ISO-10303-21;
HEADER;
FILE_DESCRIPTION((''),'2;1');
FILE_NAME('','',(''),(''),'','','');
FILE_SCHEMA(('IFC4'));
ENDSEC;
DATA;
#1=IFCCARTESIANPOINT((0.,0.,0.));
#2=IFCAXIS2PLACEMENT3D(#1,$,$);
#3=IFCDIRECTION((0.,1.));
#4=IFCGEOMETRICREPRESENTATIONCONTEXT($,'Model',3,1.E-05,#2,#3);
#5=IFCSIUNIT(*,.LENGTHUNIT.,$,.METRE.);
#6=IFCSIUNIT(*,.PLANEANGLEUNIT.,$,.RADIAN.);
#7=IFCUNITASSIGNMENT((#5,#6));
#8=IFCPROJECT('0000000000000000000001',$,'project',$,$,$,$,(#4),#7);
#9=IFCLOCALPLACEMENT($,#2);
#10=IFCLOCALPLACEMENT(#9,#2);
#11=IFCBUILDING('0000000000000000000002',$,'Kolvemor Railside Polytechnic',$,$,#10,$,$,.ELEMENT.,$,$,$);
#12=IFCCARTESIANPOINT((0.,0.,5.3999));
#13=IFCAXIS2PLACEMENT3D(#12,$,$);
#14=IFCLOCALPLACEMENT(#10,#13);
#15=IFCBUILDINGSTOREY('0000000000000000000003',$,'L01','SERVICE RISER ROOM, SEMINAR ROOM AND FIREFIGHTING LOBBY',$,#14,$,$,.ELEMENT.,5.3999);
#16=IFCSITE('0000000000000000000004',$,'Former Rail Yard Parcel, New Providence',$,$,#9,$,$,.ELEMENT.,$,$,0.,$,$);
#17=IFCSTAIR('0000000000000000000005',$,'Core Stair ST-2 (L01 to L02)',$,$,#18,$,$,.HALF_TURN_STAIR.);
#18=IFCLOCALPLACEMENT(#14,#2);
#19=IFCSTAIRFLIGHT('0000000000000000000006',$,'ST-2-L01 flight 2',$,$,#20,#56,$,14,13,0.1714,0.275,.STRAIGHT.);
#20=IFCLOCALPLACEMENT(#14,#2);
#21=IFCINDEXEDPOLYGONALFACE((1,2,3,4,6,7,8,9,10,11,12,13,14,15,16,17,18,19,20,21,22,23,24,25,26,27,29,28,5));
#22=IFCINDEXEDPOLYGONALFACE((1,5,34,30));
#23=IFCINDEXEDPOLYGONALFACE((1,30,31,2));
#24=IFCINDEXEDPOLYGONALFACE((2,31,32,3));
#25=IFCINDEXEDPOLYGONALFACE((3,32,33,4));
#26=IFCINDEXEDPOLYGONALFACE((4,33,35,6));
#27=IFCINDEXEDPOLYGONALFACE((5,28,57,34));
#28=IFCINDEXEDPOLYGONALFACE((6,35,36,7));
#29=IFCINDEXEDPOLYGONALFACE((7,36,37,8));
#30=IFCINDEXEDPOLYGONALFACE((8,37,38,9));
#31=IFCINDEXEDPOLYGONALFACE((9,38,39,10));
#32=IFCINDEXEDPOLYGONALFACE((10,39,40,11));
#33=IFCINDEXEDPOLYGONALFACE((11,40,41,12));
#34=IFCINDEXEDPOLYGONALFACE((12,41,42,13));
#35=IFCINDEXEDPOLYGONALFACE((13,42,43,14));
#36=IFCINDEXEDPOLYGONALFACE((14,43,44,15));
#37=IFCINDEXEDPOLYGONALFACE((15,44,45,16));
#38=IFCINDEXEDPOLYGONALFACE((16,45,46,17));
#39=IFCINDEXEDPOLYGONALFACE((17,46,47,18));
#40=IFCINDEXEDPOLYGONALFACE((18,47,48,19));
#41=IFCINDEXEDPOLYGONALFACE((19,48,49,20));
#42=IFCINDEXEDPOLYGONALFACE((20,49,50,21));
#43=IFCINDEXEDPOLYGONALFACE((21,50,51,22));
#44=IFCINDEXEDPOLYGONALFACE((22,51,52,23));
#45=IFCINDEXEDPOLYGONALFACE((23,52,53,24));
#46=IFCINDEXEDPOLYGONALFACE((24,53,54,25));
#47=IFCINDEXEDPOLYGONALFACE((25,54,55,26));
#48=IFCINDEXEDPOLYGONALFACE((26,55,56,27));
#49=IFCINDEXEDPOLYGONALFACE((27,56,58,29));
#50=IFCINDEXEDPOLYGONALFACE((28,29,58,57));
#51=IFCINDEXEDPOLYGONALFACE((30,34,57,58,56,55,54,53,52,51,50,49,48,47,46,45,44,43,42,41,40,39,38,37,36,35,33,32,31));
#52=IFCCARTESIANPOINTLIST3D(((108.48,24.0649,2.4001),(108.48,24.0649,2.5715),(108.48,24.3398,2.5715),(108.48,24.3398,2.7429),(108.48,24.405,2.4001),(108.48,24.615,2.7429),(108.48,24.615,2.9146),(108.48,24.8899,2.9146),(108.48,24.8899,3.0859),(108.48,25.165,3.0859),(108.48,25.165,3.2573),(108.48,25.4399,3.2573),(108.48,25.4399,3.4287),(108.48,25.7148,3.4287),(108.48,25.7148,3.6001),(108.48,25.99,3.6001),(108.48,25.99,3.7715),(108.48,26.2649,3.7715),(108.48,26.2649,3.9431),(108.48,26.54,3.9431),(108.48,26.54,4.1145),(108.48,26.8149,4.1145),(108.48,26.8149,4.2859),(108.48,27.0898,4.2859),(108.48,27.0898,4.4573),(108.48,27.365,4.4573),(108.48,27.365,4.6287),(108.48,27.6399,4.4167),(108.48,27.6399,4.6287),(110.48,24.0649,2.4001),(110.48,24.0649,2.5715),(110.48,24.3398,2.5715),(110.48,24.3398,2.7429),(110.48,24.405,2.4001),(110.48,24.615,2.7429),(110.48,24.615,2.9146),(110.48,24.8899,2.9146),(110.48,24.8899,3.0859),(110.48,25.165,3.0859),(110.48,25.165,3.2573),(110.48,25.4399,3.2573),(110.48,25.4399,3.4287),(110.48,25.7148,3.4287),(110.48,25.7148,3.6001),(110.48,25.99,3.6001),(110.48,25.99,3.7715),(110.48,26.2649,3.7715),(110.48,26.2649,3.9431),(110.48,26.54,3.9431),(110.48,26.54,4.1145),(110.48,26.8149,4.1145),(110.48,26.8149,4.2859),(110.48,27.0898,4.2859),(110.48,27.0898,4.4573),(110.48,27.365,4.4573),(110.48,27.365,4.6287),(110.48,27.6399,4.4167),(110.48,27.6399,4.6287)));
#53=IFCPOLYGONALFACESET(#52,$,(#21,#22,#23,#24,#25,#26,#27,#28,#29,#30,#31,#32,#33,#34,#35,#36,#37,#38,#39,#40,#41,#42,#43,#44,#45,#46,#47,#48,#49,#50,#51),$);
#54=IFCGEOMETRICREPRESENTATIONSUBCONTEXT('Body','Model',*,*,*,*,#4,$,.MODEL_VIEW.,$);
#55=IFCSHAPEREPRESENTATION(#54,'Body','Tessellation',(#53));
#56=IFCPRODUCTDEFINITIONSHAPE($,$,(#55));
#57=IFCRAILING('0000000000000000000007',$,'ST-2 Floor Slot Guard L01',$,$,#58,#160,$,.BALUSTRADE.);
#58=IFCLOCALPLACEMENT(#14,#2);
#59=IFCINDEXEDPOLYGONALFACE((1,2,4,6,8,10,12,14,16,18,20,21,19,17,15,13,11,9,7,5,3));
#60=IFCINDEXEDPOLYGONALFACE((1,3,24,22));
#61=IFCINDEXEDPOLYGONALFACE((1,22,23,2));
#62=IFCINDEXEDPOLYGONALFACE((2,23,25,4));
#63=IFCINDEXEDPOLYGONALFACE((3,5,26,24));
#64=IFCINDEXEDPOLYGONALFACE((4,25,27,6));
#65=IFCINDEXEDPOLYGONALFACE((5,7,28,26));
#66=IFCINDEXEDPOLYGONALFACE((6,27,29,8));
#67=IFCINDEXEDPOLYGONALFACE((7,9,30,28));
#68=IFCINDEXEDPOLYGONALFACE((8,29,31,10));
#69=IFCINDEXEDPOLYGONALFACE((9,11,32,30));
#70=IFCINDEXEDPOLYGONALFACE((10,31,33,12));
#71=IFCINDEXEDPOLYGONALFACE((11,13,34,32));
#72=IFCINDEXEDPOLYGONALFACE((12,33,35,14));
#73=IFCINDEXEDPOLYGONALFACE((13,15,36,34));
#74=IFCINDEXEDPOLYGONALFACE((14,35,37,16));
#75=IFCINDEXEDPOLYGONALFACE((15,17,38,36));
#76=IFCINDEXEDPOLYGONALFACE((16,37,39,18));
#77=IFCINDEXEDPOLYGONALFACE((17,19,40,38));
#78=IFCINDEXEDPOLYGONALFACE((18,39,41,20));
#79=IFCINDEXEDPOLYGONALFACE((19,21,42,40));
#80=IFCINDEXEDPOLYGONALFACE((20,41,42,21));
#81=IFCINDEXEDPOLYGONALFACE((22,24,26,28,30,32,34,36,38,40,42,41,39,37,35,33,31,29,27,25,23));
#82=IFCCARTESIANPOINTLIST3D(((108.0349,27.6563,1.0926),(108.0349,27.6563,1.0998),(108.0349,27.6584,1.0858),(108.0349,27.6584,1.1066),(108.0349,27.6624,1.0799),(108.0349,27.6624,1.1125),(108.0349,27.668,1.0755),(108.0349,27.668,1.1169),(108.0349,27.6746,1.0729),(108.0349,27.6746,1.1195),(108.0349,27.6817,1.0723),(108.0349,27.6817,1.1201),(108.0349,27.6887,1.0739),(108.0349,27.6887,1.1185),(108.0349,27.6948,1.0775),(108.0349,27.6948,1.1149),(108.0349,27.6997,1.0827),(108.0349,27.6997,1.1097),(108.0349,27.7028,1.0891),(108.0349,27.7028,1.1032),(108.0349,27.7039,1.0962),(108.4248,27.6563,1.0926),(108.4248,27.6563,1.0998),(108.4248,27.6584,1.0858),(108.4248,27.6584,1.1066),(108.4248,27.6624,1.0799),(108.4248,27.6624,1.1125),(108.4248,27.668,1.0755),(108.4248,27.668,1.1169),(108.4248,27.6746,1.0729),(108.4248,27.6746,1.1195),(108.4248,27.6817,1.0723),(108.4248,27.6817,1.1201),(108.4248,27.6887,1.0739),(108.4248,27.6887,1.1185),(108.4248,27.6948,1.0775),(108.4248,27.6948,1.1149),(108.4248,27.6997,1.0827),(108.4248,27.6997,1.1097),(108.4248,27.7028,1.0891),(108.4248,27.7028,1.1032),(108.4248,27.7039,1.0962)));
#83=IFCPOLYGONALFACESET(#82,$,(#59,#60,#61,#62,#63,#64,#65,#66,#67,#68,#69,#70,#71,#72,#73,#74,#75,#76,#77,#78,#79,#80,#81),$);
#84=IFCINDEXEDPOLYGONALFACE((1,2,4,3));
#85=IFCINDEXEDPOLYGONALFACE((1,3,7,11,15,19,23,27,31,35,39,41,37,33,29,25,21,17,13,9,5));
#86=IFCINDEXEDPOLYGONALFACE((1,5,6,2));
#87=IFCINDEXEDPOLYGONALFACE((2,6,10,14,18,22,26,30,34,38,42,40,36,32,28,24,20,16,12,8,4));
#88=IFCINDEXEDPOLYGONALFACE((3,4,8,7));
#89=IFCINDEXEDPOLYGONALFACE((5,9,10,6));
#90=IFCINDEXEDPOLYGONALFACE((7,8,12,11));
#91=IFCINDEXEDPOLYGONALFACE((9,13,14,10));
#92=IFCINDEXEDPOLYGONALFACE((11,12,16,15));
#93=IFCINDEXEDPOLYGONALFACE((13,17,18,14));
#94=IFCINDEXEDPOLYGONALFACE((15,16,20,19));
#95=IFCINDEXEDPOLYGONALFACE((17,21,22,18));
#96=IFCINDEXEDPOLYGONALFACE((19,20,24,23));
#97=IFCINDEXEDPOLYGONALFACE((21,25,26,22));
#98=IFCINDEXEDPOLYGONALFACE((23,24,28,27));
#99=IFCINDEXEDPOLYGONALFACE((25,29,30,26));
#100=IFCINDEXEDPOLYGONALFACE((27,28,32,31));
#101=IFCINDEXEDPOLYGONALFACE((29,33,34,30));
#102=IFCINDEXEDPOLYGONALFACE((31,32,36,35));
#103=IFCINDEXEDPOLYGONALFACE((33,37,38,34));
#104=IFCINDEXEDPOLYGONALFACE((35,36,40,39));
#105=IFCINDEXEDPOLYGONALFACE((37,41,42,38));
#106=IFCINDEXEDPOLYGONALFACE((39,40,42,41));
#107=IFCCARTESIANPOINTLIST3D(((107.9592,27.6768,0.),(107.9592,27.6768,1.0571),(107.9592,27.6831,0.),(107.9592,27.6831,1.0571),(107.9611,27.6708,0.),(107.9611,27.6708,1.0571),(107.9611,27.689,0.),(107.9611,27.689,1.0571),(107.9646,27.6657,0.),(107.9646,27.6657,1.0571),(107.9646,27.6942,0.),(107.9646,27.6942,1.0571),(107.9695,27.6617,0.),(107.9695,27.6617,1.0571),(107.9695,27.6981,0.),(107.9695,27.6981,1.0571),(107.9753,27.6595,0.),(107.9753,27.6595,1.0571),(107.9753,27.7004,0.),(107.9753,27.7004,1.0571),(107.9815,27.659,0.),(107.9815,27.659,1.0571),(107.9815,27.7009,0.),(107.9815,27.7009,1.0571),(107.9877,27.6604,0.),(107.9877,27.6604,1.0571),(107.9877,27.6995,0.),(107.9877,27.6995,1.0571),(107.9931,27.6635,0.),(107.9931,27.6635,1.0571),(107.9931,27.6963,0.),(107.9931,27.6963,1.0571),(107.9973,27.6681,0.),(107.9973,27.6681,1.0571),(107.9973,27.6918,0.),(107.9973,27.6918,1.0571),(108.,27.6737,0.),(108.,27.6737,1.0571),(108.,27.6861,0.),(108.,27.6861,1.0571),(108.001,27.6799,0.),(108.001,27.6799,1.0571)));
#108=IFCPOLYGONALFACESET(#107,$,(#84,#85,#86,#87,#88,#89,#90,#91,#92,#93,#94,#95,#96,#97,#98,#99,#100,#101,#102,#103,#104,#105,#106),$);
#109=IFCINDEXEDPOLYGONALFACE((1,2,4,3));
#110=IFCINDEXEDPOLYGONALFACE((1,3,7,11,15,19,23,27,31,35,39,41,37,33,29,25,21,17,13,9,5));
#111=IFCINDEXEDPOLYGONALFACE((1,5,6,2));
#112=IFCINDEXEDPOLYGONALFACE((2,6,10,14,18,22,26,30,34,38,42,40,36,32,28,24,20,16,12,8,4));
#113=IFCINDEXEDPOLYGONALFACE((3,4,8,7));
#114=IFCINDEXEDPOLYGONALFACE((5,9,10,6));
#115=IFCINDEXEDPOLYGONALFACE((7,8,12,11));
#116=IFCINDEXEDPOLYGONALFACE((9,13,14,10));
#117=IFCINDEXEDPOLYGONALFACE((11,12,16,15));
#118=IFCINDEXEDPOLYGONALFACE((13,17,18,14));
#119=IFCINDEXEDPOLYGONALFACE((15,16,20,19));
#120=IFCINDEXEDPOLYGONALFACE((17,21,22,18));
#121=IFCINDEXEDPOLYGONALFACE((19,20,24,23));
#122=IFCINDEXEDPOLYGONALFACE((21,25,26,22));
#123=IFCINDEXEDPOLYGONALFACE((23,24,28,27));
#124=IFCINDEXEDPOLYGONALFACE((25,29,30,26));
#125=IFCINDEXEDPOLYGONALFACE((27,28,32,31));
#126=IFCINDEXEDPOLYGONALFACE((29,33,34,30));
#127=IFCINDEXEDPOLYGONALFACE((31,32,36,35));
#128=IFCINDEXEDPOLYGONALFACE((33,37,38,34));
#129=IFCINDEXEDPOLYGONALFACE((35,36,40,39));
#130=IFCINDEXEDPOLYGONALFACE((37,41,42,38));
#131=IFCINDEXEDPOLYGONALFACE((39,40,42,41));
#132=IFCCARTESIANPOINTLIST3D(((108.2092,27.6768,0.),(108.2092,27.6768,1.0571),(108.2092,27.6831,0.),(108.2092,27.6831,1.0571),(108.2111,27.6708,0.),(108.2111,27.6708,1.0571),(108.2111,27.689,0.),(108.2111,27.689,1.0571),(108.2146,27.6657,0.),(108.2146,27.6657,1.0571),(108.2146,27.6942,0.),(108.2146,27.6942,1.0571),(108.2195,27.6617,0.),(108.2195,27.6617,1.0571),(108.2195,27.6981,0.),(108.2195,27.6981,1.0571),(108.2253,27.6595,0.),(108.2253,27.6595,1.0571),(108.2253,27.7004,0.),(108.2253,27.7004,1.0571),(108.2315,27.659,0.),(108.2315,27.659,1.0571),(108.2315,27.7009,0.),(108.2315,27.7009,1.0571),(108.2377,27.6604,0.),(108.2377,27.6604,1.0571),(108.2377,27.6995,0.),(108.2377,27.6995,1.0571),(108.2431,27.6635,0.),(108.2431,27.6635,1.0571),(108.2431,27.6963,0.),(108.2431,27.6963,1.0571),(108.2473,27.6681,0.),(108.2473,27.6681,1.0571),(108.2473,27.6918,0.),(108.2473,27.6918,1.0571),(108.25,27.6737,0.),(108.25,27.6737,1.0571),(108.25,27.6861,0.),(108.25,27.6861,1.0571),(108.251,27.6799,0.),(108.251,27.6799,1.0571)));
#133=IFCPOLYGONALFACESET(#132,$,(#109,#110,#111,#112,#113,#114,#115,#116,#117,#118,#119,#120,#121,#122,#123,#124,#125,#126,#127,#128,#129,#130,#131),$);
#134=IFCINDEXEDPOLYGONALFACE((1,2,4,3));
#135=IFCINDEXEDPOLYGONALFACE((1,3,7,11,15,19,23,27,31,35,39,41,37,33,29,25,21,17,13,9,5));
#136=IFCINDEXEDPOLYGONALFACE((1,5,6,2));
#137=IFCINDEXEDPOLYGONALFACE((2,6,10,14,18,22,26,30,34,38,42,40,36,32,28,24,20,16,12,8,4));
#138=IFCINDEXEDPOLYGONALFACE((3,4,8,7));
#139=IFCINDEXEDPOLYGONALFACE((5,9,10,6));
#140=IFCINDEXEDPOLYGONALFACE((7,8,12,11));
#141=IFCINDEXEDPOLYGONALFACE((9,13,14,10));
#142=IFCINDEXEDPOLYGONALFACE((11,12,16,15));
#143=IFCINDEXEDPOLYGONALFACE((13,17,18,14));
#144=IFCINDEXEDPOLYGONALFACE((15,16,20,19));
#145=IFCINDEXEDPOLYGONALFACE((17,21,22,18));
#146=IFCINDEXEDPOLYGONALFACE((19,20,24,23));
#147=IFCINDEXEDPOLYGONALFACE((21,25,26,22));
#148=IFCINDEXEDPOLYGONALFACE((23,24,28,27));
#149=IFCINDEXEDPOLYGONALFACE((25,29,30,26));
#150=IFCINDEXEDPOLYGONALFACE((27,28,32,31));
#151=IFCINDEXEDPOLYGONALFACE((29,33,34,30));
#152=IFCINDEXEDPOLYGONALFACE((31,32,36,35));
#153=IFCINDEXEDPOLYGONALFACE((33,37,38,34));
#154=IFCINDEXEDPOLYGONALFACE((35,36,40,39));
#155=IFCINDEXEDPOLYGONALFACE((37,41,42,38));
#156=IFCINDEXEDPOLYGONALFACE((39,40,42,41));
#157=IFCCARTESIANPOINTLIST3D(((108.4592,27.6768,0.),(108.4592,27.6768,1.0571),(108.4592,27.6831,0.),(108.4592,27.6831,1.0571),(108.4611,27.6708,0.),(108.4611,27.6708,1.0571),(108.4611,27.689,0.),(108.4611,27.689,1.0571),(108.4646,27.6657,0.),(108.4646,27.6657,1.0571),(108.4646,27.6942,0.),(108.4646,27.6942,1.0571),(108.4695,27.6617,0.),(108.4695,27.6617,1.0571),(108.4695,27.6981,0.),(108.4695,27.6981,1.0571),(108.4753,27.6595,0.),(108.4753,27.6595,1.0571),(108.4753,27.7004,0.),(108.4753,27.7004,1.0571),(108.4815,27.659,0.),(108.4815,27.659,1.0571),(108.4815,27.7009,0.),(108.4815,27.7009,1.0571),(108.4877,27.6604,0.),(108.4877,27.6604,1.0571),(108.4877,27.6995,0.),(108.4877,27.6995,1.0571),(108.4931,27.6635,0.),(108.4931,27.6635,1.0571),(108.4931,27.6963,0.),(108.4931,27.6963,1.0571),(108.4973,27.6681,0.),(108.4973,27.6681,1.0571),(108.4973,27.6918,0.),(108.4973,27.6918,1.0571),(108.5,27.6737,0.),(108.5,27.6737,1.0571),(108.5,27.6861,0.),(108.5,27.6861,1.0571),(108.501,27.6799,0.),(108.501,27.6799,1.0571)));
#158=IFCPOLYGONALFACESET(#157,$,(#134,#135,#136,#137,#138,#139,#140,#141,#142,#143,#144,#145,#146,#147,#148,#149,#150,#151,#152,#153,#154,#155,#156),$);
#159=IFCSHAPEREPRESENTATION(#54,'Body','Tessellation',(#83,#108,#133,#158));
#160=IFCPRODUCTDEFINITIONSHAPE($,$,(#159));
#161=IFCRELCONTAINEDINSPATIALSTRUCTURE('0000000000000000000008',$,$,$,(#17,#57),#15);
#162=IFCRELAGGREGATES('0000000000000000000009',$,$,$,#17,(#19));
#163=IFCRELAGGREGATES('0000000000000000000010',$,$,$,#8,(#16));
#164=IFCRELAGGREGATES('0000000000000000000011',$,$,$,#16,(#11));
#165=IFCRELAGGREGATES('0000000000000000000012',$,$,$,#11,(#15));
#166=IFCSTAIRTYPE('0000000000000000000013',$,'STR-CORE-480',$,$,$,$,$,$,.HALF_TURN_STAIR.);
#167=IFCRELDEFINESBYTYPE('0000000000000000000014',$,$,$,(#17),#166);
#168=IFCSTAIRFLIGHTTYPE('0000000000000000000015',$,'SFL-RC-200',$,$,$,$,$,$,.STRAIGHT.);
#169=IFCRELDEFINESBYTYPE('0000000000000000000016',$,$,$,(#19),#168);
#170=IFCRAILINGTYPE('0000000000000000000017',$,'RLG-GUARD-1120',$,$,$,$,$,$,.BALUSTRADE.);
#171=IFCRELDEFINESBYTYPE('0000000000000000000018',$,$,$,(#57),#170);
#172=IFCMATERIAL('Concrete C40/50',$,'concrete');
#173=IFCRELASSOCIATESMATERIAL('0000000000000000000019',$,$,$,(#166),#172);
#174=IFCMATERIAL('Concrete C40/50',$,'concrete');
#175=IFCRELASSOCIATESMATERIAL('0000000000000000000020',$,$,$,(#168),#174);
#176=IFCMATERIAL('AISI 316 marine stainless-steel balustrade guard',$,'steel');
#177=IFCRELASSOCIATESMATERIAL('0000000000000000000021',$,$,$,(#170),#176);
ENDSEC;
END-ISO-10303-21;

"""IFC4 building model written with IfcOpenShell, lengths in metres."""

from ifc_helpers import new_model, si_unit, direction, frame, origin, origin_2d, place, context, subcontext, project, spatial, polyline, circle, outline, extrude, material, type_object, element, aggregate, save


model = new_model("IFC4")

# Units and contexts
model_context = context("Model", 3, precision=1e-05, world=origin(), true_north=direction((0.0, 1.0)))
body_context = subcontext(model_context, "Body", "Model", "MODEL_VIEW")
ifc_project = project(units=[si_unit("LENGTHUNIT", "METRE"), si_unit("PLANEANGLEUNIT", "RADIAN")], contexts=[model_context])

# Site, building, storey
site_placement = place(None, origin())
site = spatial("IfcSite", under=ifc_project, at=site_placement, Name="Former Rail Yard Parcel, New Providence", CompositionType="ELEMENT", RefElevation=0.0)
building_placement = place(site_placement, origin())
building = spatial("IfcBuilding", under=site, at=building_placement, Name="Kolvemor Railside Polytechnic", CompositionType="ELEMENT")
storey_placement = place(building_placement, frame((0.0, 0.0, 5.3999)))
storey = spatial("IfcBuildingStorey", under=building, at=storey_placement, Name="L01", Description="SERVICE RISER ROOM, SEMINAR ROOM AND FIREFIGHTING LOBBY", CompositionType="ELEMENT", Elevation=5.3999)

# Stair, stair flight
ifc_material_1 = material(Name="Concrete C40/50", Category="concrete")
stair_type = type_object("IfcStairType", Name="STR-CORE-480", PredefinedType="HALF_TURN_STAIR", material=ifc_material_1)
stair_placement = place(storey_placement, origin())
stair = element("IfcStair", 1, at=stair_placement, inside=storey, type_object=stair_type, Name="Core Stair ST-2 (L01 to L02)", PredefinedType="HALF_TURN_STAIR")
ifc_material_2 = material(Name="Concrete C40/50", Category="concrete")
stair_flight_type = type_object("IfcStairFlightType", Name="SFL-RC-200", PredefinedType="STRAIGHT", material=ifc_material_2)
stair_flight_1_placement = place(storey_placement, frame((109.48, 24.0649, 2.4001), z_axis=(0.0, 0.0, 1.0), x_axis=(0.0, 1.0, 0.0)))
stair_flight_1 = element("IfcStairFlight", 2, at=stair_flight_1_placement, type_object=stair_flight_type, Name="ST-2-L01 flight 2", NumberOfRisers=14, NumberOfTreads=13, PredefinedType="STRAIGHT", RiserHeight=0.1714, TreadLength=0.275, context=body_context, shape_type="SweptSolid", body=[
    extrude(outline(polyline([(0.0, 0.0), (0.0, 0.1714), (0.2749, 0.1714), (0.2749, 0.3428), (0.55, 0.3428), (0.55, 0.5144), (0.825, 0.5144), (0.825, 0.6858), (1.1001, 0.6858), (1.1001, 0.8572), (1.375, 0.8572), (1.375, 1.0286), (1.6499, 1.0286), (1.6499, 1.2), (1.925, 1.2), (1.925, 1.3713), (2.2, 1.3713), (2.2, 1.543), (2.4751, 1.543), (2.4751, 1.7144), (2.75, 1.7144), (2.75, 1.8857), (3.0249, 1.8857), (3.0249, 2.0571), (3.3, 2.0571), (3.3, 2.2285), (3.575, 2.2285), (3.575, 2.3999), (3.575, 2.0166), (0.3401, 0.0), (0.0, 0.0)])), frame((0.0, 1.0, 0.0), z_axis=(0.0, -1.0, 0.0), x_axis=(1.0, 0.0, 0.0)), (0.0, 0.0, 1.0), 2.0),
])
aggregate(stair, [stair_flight_1])

# Railing
ifc_material_3 = material(Name="AISI 316 marine stainless-steel balustrade guard", Category="steel")
railing_type_1 = type_object("IfcRailingType", Name="RLG-GUARD-1120", PredefinedType="BALUSTRADE", material=ifc_material_3)
railing_1_placement = place(storey_placement, frame((107.98, 27.6799, 0.0)))
element("IfcRailing", 3, at=railing_1_placement, inside=storey, type_object=railing_type_1, Name="ST-2 Floor Slot Guard L01", PredefinedType="BALUSTRADE", context=body_context, shape_type="SweptSolid", body=[
    extrude(circle(Radius=0.0239, at=origin_2d()), frame((0.0549, 0.0, 1.0962), z_axis=(1.0, 0.0, 0.0), x_axis=(0.0, 1.0, 0.0)), (0.0, 0.0, 1.0), 0.3899),
    extrude(circle(Radius=0.021, at=origin_2d()), origin(), (0.0, 0.0, 1.0), 1.0571),
    extrude(circle(Radius=0.021, at=origin_2d()), frame((0.25, 0.0, 0.0)), (0.0, 0.0, 1.0), 1.0571),
    extrude(circle(Radius=0.021, at=origin_2d()), frame((0.5, 0.0, 0.0)), (0.0, 0.0, 1.0), 1.0571),
])

save(model, "model.ifc")
